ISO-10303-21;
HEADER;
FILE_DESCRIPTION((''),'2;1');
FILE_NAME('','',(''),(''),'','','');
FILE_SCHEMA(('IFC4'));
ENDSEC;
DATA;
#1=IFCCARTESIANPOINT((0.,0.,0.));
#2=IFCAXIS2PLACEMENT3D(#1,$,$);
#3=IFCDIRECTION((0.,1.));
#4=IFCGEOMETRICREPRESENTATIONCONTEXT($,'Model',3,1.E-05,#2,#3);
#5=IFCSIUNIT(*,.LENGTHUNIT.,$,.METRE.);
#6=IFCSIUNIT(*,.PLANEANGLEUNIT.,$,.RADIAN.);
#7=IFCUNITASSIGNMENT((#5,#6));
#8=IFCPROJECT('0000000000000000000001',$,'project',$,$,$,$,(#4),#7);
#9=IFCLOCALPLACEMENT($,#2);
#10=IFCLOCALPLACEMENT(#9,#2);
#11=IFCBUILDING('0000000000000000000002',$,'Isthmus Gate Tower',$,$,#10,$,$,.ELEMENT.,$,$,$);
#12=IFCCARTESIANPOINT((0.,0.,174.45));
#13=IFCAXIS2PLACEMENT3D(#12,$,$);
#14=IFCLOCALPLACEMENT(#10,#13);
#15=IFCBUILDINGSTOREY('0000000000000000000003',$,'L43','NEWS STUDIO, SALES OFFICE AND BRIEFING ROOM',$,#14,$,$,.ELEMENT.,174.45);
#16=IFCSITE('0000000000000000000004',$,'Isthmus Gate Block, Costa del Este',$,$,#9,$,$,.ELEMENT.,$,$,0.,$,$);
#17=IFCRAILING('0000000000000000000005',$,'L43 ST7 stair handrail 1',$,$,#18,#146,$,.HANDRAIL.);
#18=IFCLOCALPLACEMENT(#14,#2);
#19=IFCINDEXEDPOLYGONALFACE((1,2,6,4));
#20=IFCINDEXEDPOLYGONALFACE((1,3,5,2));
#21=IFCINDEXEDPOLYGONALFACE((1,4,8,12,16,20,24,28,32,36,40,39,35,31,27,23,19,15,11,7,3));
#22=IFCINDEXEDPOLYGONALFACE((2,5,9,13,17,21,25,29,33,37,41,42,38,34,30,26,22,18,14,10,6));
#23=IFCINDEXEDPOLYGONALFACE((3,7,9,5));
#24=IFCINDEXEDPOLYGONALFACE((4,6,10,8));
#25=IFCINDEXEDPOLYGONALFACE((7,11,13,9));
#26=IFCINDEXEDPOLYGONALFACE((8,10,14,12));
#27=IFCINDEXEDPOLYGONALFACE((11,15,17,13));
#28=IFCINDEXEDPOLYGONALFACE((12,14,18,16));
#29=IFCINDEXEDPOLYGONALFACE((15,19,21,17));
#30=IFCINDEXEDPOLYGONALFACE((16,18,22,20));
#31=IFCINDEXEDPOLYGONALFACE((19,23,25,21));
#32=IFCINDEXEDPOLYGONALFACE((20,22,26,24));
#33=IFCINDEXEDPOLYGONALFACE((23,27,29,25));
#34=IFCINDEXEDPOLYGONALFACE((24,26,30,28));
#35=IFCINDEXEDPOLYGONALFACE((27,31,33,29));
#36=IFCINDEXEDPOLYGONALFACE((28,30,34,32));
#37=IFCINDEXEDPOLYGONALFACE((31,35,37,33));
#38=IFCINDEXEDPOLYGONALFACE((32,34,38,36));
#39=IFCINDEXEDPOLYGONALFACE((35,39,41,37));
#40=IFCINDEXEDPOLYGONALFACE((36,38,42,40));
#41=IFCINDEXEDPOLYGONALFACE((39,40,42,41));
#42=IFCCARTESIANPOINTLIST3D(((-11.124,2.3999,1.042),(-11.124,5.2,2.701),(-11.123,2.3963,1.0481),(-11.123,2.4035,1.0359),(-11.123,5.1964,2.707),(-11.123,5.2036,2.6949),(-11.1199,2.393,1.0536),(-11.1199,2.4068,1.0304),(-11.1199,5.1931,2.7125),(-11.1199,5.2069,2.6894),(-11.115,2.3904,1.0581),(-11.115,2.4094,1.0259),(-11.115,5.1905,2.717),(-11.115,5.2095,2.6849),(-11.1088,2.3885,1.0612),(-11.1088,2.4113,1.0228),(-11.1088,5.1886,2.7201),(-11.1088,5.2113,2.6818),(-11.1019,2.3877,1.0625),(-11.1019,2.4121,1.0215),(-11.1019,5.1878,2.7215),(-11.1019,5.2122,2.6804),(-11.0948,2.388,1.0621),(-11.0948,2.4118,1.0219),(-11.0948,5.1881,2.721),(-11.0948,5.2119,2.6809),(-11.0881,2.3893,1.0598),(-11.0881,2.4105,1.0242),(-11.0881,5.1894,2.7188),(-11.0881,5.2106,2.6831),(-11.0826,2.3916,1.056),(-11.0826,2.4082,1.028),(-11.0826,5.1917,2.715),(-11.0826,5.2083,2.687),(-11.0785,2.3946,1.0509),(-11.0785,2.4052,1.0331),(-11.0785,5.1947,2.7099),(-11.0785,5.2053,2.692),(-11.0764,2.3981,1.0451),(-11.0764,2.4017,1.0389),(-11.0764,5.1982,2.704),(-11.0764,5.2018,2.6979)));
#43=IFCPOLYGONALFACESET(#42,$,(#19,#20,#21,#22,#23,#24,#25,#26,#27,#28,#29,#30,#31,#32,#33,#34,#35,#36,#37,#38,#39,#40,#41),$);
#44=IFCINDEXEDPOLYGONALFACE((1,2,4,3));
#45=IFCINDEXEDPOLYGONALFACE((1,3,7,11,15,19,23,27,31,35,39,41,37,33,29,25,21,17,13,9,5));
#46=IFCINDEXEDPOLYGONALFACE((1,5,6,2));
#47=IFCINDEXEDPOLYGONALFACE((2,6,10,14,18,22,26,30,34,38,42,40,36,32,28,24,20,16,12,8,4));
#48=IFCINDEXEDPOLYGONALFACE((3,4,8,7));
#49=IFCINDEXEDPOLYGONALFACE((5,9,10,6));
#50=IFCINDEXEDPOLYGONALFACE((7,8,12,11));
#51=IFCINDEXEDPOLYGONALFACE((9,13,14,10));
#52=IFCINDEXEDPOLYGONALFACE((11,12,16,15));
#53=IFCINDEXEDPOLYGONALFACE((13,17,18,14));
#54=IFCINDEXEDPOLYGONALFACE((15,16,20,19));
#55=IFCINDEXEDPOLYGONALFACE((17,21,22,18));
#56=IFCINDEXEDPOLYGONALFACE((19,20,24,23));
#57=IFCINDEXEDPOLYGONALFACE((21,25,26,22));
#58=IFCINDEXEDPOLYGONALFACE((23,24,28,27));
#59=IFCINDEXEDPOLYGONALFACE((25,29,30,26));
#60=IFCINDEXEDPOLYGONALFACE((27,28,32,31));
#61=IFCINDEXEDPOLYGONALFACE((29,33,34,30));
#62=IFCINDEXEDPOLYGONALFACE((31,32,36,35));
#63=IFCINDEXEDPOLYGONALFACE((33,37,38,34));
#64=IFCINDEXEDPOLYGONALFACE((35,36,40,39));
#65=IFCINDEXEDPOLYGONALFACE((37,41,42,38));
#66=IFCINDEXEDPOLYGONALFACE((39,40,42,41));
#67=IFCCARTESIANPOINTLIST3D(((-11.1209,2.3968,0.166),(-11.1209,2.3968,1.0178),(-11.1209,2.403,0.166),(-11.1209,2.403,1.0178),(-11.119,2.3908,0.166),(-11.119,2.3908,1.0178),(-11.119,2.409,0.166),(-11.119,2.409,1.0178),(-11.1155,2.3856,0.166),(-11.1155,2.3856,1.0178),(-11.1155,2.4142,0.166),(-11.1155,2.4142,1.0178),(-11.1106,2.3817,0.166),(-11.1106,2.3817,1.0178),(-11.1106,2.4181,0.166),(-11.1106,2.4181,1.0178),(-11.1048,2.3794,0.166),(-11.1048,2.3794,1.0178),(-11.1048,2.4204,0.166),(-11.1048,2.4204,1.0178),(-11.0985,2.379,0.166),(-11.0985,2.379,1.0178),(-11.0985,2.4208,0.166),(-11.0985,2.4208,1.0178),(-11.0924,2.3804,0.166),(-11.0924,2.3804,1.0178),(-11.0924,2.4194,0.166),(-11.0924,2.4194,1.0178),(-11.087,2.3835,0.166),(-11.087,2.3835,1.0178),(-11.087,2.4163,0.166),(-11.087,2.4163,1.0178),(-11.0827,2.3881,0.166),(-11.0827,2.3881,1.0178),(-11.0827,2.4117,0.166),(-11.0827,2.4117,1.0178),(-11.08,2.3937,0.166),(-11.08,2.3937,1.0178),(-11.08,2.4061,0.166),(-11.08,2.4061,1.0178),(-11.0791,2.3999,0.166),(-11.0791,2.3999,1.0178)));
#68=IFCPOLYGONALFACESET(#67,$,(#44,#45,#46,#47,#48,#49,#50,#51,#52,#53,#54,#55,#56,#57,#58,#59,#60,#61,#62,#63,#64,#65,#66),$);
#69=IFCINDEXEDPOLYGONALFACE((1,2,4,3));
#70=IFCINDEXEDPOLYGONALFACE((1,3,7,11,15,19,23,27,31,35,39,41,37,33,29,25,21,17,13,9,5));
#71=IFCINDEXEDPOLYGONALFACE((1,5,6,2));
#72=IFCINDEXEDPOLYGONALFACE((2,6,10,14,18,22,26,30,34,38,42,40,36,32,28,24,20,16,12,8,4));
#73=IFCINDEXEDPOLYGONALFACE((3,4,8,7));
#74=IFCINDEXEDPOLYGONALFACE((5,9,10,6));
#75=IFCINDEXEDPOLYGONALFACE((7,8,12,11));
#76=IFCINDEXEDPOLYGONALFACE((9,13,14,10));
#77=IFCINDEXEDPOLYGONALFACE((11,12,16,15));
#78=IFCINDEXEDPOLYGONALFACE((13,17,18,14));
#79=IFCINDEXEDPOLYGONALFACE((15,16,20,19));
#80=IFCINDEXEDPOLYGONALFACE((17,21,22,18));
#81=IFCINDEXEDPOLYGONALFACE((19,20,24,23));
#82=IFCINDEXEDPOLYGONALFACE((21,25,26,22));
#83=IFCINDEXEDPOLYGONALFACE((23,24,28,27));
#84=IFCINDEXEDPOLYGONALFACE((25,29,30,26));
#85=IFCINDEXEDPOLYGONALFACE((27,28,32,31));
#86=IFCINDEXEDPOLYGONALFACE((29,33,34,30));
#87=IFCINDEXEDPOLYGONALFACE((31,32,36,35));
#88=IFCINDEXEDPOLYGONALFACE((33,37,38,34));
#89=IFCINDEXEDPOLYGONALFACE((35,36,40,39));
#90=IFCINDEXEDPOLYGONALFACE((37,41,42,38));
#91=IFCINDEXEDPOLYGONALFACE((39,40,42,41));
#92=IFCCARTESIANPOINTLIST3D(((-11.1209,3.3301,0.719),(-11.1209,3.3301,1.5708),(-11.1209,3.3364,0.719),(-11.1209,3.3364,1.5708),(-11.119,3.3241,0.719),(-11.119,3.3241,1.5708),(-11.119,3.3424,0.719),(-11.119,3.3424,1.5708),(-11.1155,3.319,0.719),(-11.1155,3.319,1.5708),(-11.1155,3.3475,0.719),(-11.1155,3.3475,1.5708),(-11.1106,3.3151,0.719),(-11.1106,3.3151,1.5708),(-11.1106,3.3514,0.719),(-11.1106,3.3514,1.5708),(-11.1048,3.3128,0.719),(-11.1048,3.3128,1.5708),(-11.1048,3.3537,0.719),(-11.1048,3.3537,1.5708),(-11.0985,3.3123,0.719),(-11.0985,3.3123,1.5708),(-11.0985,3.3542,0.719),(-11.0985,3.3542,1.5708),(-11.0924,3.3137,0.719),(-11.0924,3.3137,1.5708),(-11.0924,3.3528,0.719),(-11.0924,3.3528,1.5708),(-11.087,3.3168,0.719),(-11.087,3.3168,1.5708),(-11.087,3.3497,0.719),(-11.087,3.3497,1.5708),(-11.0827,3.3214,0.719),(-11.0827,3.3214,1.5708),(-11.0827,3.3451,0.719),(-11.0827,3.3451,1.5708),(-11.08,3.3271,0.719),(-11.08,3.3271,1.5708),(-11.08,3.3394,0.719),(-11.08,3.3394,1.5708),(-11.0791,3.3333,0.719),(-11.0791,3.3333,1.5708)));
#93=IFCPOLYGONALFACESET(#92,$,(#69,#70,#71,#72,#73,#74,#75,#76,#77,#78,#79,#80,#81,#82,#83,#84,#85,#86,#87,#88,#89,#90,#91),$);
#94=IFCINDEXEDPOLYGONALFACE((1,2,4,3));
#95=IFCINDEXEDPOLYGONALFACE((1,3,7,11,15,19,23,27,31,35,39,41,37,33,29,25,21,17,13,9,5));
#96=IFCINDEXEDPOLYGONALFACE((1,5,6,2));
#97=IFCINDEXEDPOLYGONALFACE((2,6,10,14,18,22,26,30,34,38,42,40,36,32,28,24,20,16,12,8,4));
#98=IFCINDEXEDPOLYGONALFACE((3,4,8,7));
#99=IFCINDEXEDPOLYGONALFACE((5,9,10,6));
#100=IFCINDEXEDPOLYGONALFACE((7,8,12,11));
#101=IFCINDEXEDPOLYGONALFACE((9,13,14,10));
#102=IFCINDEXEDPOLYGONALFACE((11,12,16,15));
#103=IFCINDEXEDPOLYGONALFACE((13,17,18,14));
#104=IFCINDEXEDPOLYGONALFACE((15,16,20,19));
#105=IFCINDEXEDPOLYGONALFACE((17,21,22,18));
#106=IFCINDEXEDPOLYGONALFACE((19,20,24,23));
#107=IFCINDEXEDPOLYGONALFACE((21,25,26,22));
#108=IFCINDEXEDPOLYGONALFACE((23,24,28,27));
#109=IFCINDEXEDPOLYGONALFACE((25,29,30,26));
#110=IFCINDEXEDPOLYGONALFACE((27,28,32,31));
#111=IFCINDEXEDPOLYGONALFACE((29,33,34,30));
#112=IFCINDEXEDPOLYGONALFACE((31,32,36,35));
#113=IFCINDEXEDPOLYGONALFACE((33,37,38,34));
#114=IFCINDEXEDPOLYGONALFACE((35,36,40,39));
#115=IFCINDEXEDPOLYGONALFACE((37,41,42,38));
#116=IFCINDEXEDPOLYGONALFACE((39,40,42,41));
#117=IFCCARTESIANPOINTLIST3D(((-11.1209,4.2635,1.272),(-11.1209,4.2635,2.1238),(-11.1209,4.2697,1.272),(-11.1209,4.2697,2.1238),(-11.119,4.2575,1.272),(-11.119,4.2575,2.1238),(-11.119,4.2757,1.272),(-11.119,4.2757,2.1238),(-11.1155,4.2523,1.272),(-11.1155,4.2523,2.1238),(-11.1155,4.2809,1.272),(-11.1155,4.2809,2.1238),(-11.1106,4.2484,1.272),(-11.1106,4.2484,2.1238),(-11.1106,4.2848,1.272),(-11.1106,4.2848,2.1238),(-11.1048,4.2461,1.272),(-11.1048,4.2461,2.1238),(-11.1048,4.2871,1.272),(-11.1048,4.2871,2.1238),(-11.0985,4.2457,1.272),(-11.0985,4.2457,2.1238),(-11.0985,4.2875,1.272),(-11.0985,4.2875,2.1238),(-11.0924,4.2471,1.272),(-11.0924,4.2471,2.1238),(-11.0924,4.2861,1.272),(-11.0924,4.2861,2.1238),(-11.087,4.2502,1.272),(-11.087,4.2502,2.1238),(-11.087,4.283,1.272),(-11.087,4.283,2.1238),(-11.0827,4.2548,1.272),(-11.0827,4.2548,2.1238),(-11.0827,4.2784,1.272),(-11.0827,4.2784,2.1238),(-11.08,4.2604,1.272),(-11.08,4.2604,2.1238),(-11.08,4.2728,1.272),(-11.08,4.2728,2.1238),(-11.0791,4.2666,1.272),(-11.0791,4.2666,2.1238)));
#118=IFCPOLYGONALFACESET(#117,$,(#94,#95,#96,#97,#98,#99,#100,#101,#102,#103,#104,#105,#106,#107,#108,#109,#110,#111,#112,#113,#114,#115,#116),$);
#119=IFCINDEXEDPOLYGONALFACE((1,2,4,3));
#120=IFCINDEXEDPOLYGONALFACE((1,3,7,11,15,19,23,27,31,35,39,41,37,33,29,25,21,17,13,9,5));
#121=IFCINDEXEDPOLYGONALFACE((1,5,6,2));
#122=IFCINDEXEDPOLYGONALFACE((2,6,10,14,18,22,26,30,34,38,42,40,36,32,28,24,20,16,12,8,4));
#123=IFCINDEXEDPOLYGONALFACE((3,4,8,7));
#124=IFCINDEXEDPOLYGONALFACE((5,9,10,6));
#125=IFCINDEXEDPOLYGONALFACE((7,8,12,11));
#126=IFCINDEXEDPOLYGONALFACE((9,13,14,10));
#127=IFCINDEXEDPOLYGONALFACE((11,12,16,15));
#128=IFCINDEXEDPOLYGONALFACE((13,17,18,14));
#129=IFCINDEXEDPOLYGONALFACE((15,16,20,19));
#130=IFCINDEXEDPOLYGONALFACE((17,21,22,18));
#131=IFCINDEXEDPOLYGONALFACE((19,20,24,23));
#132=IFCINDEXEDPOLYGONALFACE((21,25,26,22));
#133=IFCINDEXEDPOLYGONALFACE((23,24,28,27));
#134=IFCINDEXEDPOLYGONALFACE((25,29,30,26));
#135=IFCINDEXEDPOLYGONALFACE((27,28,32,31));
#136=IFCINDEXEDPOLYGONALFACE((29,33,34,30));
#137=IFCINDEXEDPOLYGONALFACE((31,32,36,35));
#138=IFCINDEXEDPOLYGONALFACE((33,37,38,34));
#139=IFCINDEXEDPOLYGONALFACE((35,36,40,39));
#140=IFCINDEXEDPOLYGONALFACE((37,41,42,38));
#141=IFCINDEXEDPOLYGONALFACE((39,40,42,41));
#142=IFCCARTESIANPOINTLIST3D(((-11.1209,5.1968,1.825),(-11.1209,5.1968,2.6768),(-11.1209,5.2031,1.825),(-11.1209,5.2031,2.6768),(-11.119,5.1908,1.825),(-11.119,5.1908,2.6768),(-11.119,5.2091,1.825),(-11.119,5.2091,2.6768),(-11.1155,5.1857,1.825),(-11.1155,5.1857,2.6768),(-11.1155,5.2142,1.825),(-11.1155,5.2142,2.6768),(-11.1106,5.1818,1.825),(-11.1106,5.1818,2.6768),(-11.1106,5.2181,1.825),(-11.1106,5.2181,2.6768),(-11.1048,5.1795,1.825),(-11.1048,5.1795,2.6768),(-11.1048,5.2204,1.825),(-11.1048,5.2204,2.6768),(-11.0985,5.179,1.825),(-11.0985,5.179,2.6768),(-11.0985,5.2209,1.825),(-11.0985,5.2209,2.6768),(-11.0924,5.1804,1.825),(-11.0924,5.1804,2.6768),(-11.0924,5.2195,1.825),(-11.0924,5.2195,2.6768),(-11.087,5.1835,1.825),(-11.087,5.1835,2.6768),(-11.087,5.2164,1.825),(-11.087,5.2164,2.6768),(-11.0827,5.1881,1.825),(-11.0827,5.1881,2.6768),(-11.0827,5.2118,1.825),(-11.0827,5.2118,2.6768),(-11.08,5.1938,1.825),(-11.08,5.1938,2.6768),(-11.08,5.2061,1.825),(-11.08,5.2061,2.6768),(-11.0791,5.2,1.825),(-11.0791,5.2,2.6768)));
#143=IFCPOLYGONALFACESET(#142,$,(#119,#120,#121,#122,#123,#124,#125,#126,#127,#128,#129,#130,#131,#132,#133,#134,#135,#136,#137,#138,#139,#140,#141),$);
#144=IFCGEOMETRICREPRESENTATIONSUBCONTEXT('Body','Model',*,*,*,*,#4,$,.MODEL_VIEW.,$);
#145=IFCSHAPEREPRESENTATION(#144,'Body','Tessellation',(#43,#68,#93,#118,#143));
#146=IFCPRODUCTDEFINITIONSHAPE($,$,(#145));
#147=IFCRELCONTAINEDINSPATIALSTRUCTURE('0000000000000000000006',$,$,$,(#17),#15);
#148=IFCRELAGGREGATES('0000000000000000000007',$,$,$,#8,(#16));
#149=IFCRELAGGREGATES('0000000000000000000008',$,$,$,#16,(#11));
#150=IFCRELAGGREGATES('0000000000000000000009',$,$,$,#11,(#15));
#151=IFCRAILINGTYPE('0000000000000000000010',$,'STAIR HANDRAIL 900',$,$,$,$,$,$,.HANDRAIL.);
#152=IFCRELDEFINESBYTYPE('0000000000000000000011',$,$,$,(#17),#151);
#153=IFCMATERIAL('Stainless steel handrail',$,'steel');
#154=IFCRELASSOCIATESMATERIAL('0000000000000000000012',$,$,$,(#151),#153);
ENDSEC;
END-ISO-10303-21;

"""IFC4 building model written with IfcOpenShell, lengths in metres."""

from ifc_helpers import new_model, si_unit, direction, frame, origin, origin_2d, place, context, subcontext, project, spatial, circle, extrude, material, type_object, element, save


model = new_model("IFC4")

# Units and contexts
model_context = context("Model", 3, precision=1e-05, world=origin(), true_north=direction((0.0, 1.0)))
body_context = subcontext(model_context, "Body", "Model", "MODEL_VIEW")
ifc_project = project(units=[si_unit("LENGTHUNIT", "METRE"), si_unit("PLANEANGLEUNIT", "RADIAN")], contexts=[model_context])

# Site, building, storey
site_placement = place(None, origin())
site = spatial("IfcSite", under=ifc_project, at=site_placement, Name="Isthmus Gate Block, Costa del Este", CompositionType="ELEMENT", RefElevation=0.0)
building_placement = place(site_placement, origin())
building = spatial("IfcBuilding", under=site, at=building_placement, Name="Isthmus Gate Tower", CompositionType="ELEMENT")
storey_placement = place(building_placement, frame((0.0, 0.0, 174.45)))
storey = spatial("IfcBuildingStorey", under=building, at=storey_placement, Name="L43", Description="NEWS STUDIO, SALES OFFICE AND BRIEFING ROOM", CompositionType="ELEMENT", Elevation=174.45)

# Railing
ifc_material_1 = material(Name="Stainless steel handrail", Category="steel")
railing_type_1 = type_object("IfcRailingType", Name="STAIR HANDRAIL 900", PredefinedType="HANDRAIL", material=ifc_material_1)
railing_1_placement = place(storey_placement, frame((-11.1001, 2.3999, 0.166)))
element("IfcRailing", 1, at=railing_1_placement, inside=storey, type_object=railing_type_1, Name="L43 ST7 stair handrail 1", PredefinedType="HANDRAIL", context=body_context, shape_type="SweptSolid", body=[
    extrude(circle(Radius=0.0239, at=origin_2d()), frame((0.0, 0.0, 0.876), z_axis=(0.0, 0.860339, 0.509722), x_axis=(-1.0, 0.0, 0.0)), (0.0, 0.0, 1.0), 3.2546),
    extrude(circle(Radius=0.021, at=origin_2d()), origin(), (0.0, 0.0, 1.0), 0.8518),
    extrude(circle(Radius=0.021, at=origin_2d()), frame((0.0, 0.9333, 0.553)), (0.0, 0.0, 1.0), 0.8518),
    extrude(circle(Radius=0.021, at=origin_2d()), frame((0.0, 1.8667, 1.106)), (0.0, 0.0, 1.0), 0.8518),
    extrude(circle(Radius=0.021, at=origin_2d()), frame((0.0, 2.8, 1.6589)), (0.0, 0.0, 1.0), 0.8518),
])

save(model, "model.ifc")
